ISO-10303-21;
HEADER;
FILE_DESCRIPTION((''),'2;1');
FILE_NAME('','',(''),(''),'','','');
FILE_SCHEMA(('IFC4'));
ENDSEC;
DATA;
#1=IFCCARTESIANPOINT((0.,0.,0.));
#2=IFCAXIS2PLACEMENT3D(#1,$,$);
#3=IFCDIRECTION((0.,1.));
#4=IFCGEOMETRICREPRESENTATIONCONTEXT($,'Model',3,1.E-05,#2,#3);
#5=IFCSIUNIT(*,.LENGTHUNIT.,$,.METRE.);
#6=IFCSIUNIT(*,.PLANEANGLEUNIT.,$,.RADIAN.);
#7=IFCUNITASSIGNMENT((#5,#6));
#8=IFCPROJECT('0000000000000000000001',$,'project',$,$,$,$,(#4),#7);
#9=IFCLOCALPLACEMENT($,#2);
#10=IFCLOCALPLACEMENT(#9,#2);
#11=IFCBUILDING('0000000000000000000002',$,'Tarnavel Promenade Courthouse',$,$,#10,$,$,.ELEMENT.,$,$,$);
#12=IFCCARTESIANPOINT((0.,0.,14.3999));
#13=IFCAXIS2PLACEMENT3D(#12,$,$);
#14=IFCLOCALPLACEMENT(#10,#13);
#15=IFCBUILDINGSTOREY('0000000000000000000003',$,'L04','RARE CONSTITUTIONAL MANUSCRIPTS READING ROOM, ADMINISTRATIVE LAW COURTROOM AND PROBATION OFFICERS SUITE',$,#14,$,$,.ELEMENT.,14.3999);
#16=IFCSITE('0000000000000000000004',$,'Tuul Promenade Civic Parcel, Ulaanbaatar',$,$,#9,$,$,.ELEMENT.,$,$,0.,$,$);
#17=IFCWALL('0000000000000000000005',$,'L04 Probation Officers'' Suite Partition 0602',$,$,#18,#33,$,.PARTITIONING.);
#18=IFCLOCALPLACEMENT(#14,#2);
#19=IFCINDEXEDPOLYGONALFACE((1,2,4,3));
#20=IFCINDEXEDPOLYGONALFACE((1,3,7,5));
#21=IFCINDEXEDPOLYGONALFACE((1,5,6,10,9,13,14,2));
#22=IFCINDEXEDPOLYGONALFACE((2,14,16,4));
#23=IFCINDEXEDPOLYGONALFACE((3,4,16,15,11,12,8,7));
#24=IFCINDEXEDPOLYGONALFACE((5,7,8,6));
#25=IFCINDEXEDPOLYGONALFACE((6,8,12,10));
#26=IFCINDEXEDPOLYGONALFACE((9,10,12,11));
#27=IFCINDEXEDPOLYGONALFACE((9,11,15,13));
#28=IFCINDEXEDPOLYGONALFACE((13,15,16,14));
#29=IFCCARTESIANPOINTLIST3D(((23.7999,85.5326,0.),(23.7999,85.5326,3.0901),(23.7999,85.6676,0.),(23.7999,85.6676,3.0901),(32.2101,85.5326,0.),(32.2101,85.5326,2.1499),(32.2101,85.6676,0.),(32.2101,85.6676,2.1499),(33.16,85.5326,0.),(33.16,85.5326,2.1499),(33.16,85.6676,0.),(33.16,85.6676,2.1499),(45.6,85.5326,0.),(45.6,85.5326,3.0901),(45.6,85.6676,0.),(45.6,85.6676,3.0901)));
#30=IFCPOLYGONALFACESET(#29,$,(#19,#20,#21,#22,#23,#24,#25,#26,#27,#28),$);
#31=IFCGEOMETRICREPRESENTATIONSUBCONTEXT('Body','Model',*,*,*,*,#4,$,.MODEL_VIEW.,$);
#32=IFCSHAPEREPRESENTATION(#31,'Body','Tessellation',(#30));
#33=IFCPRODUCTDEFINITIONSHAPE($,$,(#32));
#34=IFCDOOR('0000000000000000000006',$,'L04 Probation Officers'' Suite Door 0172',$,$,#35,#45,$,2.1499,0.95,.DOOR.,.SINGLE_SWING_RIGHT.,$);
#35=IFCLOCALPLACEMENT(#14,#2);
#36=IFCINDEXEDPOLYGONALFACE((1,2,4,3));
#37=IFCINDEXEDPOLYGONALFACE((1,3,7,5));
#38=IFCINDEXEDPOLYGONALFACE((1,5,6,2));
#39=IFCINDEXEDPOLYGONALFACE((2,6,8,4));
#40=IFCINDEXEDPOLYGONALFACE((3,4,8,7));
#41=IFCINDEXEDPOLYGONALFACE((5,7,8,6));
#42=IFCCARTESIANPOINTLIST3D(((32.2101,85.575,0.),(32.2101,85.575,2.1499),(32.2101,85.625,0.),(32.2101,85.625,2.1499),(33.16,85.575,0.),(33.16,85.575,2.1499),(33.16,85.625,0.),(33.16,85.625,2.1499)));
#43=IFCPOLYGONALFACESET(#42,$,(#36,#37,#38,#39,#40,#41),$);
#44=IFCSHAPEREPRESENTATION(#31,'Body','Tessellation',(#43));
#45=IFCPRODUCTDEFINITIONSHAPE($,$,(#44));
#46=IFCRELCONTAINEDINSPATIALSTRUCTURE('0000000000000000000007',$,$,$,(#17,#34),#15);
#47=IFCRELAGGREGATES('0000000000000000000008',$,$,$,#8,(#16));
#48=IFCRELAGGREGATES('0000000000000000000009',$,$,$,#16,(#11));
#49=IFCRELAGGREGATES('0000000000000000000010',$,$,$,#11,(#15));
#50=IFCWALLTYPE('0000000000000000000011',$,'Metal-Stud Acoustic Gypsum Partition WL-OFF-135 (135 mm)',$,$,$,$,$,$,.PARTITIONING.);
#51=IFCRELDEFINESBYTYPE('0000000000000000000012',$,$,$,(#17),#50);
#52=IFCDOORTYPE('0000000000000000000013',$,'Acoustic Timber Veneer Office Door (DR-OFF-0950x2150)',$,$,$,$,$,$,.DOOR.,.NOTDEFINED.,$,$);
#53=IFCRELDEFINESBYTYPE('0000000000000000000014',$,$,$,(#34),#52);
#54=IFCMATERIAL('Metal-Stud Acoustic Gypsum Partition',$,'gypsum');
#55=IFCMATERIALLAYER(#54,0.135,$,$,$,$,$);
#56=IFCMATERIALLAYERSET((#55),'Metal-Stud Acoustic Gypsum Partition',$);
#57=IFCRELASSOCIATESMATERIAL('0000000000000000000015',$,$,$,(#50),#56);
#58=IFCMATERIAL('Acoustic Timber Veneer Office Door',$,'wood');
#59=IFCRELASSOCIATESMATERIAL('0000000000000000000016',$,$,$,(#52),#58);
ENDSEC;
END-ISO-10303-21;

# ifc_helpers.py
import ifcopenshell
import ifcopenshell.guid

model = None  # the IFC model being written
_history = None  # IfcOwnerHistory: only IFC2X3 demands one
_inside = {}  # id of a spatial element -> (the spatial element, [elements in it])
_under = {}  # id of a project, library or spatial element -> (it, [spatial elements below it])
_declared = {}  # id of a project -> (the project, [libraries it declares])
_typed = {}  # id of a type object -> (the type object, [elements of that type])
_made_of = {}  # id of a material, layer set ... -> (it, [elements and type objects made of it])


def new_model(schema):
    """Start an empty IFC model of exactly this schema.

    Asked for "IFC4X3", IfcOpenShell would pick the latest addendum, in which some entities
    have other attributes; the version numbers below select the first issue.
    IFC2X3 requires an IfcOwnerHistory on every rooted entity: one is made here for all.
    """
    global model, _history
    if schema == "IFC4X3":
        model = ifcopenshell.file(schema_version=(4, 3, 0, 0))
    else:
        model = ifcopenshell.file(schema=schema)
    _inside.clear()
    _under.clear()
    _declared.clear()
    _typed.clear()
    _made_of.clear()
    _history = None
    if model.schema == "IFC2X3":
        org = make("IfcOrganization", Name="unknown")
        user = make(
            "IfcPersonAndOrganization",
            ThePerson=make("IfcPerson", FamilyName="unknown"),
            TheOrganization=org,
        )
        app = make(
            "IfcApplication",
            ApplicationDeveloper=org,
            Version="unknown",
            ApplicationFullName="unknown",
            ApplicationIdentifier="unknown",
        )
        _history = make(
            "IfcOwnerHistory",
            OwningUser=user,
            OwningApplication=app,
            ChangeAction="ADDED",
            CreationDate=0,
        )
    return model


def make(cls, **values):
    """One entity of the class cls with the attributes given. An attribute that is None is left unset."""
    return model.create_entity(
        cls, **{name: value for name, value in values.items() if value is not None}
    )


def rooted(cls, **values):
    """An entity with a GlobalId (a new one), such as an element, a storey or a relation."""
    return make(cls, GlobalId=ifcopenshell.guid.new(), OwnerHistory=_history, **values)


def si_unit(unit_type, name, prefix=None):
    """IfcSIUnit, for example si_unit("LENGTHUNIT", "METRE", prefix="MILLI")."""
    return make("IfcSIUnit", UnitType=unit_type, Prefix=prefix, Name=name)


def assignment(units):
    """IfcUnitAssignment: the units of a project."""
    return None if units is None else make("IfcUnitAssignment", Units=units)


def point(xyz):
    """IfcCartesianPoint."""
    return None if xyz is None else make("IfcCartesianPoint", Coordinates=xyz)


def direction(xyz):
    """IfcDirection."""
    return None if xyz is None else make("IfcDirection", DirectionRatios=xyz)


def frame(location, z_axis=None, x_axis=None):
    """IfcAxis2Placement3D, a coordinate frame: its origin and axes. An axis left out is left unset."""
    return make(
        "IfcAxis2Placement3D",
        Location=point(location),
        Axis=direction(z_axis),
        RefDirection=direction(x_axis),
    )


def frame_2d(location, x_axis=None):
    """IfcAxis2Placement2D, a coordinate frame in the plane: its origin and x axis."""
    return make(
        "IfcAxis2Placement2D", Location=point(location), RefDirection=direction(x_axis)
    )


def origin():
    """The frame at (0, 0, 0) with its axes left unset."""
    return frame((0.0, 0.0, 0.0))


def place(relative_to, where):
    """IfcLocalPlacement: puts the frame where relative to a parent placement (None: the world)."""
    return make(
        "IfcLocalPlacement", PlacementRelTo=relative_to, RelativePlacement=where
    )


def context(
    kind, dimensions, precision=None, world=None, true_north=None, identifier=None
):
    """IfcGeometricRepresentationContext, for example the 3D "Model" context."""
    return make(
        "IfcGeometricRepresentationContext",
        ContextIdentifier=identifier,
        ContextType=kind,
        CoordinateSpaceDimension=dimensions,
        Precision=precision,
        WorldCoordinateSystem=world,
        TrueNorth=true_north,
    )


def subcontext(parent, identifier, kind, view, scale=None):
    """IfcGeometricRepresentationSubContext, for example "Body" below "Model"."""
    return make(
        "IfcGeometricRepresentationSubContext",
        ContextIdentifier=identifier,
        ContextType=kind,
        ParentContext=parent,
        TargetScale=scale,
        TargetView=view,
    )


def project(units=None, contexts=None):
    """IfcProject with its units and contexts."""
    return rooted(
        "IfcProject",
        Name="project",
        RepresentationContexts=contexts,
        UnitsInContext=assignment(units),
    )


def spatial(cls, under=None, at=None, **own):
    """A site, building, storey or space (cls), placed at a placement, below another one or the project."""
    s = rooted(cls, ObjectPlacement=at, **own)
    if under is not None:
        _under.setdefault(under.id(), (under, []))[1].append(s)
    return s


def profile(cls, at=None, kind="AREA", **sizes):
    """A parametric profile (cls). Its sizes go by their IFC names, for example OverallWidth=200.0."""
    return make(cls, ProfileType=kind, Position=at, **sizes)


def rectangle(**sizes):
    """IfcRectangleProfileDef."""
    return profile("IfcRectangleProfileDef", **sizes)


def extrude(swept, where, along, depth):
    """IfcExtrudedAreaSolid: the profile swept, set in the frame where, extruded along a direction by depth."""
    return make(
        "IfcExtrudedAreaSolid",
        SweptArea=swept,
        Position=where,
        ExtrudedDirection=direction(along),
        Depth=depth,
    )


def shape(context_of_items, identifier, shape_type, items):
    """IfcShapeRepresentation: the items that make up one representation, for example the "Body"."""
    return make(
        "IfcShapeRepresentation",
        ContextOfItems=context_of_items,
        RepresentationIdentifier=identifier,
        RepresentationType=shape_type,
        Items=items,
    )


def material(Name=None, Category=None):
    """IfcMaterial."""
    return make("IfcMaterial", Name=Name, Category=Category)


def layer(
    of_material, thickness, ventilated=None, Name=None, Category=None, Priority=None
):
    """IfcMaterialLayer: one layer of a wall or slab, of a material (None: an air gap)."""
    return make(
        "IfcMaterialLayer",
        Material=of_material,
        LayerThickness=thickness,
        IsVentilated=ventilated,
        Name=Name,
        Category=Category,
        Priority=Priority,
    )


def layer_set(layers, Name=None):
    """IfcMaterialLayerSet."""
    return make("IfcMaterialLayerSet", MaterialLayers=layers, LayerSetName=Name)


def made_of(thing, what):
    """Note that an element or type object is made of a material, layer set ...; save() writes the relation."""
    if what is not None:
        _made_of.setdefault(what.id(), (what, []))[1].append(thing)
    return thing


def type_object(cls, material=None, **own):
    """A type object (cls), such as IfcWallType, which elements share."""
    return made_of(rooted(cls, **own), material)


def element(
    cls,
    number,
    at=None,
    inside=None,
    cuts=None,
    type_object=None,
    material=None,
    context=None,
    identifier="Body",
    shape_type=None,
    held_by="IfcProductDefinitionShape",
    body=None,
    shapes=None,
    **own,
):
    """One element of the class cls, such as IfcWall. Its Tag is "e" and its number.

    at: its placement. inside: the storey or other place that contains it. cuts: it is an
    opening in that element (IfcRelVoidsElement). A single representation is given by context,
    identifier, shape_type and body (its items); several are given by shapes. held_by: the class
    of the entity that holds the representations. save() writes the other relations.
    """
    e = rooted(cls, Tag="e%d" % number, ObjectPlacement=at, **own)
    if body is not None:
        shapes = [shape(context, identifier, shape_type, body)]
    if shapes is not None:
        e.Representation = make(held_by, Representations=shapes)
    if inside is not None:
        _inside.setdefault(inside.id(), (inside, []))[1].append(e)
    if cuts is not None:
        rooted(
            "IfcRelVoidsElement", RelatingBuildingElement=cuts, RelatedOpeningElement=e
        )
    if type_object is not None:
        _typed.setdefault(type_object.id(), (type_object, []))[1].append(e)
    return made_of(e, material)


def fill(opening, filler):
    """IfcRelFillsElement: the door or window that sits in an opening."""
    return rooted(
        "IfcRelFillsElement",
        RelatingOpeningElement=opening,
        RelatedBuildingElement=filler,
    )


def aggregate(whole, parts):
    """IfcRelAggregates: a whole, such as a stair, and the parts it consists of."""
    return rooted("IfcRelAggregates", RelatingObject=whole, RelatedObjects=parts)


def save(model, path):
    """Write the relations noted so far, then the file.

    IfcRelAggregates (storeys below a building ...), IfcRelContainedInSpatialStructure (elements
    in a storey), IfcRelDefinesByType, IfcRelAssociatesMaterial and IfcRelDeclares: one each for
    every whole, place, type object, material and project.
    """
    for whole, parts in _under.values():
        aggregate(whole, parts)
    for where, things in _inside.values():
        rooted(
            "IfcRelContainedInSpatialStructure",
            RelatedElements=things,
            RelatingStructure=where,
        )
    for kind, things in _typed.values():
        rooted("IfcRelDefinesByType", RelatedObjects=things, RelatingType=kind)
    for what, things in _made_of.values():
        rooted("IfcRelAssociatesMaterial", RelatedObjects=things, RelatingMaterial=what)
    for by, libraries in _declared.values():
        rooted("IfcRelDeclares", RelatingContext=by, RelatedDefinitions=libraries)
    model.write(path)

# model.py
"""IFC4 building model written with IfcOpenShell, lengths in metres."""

from ifc_helpers import new_model, si_unit, direction, frame, frame_2d, origin, place, context, subcontext, project, spatial, rectangle, extrude, material, layer, layer_set, type_object, element, fill, save


model = new_model("IFC4")

# Units and contexts
model_context = context("Model", 3, precision=1e-05, world=origin(), true_north=direction((0.0, 1.0)))
body_context = subcontext(model_context, "Body", "Model", "MODEL_VIEW")
ifc_project = project(units=[si_unit("LENGTHUNIT", "METRE"), si_unit("PLANEANGLEUNIT", "RADIAN")], contexts=[model_context])

# Site, building, storey
site_placement = place(None, origin())
site = spatial("IfcSite", under=ifc_project, at=site_placement, Name="Tuul Promenade Civic Parcel, Ulaanbaatar", CompositionType="ELEMENT", RefElevation=0.0)
building_placement = place(site_placement, origin())
building = spatial("IfcBuilding", under=site, at=building_placement, Name="Tarnavel Promenade Courthouse", CompositionType="ELEMENT")
storey_placement = place(building_placement, frame((0.0, 0.0, 14.3999)))
storey = spatial("IfcBuildingStorey", under=building, at=storey_placement, Name="L04", Description="RARE CONSTITUTIONAL MANUSCRIPTS READING ROOM, ADMINISTRATIVE LAW COURTROOM AND PROBATION OFFICERS SUITE", CompositionType="ELEMENT", Elevation=14.3999)

# Wall, opening, door
ifc_material_1 = material(Name="Metal-Stud Acoustic Gypsum Partition", Category="gypsum")
ifc_layer_1 = layer(ifc_material_1, 0.135)
ifc_layer_set_1 = layer_set([ifc_layer_1], Name="Metal-Stud Acoustic Gypsum Partition")
wall_type_1 = type_object("IfcWallType", Name="Metal-Stud Acoustic Gypsum Partition WL-OFF-135 (135 mm)", PredefinedType="PARTITIONING", material=ifc_layer_set_1)
wall_1_placement = place(storey_placement, frame((23.8, 85.6001, 0.0), z_axis=(0.0, 0.0, 1.0), x_axis=(1.0, 0.0, 0.0)))
wall_1 = element("IfcWall", 1, at=wall_1_placement, inside=storey, type_object=wall_type_1, Name="L04 Probation Officers' Suite Partition 0602", PredefinedType="PARTITIONING", context=body_context, shape_type="SweptSolid", body=[
    extrude(rectangle(XDim=21.8, YDim=0.135, at=frame_2d((10.8999, 0.0))), origin(), (0.0, 0.0, 1.0), 3.0901),
])
opening_1_placement = place(wall_1_placement, frame((8.4099, 0.0, 0.0)))
opening_1 = element("IfcOpeningElement", 2, at=opening_1_placement, cuts=wall_1, PredefinedType="OPENING", context=body_context, shape_type="SweptSolid", body=[
    extrude(rectangle(XDim=0.95, YDim=2.1499, at=frame_2d((0.4751, 1.075))), frame((0.0, 0.0774, 0.0), z_axis=(0.0, -1.0, 0.0), x_axis=(1.0, 0.0, 0.0)), (0.0, 0.0, 1.0), 0.155),
])
ifc_material_2 = material(Name="Acoustic Timber Veneer Office Door", Category="wood")
door_type_1 = type_object("IfcDoorType", Name="Acoustic Timber Veneer Office Door (DR-OFF-0950x2150)", OperationType="NOTDEFINED", PredefinedType="DOOR", material=ifc_material_2)
door_1_placement = place(opening_1_placement, origin())
door_1 = element("IfcDoor", 3, at=door_1_placement, inside=storey, type_object=door_type_1, Name="L04 Probation Officers' Suite Door 0172", OperationType="SINGLE_SWING_RIGHT", OverallHeight=2.1499, OverallWidth=0.95, PredefinedType="DOOR", context=body_context, shape_type="SweptSolid", body=[
    extrude(rectangle(XDim=0.95, YDim=2.1499, at=frame_2d((0.4751, 1.075))), frame((0.0, 0.0249, 0.0), z_axis=(0.0, -1.0, 0.0), x_axis=(1.0, 0.0, 0.0)), (0.0, 0.0, 1.0), 0.05),
])
fill(opening_1, door_1)

save(model, "model.ifc")
